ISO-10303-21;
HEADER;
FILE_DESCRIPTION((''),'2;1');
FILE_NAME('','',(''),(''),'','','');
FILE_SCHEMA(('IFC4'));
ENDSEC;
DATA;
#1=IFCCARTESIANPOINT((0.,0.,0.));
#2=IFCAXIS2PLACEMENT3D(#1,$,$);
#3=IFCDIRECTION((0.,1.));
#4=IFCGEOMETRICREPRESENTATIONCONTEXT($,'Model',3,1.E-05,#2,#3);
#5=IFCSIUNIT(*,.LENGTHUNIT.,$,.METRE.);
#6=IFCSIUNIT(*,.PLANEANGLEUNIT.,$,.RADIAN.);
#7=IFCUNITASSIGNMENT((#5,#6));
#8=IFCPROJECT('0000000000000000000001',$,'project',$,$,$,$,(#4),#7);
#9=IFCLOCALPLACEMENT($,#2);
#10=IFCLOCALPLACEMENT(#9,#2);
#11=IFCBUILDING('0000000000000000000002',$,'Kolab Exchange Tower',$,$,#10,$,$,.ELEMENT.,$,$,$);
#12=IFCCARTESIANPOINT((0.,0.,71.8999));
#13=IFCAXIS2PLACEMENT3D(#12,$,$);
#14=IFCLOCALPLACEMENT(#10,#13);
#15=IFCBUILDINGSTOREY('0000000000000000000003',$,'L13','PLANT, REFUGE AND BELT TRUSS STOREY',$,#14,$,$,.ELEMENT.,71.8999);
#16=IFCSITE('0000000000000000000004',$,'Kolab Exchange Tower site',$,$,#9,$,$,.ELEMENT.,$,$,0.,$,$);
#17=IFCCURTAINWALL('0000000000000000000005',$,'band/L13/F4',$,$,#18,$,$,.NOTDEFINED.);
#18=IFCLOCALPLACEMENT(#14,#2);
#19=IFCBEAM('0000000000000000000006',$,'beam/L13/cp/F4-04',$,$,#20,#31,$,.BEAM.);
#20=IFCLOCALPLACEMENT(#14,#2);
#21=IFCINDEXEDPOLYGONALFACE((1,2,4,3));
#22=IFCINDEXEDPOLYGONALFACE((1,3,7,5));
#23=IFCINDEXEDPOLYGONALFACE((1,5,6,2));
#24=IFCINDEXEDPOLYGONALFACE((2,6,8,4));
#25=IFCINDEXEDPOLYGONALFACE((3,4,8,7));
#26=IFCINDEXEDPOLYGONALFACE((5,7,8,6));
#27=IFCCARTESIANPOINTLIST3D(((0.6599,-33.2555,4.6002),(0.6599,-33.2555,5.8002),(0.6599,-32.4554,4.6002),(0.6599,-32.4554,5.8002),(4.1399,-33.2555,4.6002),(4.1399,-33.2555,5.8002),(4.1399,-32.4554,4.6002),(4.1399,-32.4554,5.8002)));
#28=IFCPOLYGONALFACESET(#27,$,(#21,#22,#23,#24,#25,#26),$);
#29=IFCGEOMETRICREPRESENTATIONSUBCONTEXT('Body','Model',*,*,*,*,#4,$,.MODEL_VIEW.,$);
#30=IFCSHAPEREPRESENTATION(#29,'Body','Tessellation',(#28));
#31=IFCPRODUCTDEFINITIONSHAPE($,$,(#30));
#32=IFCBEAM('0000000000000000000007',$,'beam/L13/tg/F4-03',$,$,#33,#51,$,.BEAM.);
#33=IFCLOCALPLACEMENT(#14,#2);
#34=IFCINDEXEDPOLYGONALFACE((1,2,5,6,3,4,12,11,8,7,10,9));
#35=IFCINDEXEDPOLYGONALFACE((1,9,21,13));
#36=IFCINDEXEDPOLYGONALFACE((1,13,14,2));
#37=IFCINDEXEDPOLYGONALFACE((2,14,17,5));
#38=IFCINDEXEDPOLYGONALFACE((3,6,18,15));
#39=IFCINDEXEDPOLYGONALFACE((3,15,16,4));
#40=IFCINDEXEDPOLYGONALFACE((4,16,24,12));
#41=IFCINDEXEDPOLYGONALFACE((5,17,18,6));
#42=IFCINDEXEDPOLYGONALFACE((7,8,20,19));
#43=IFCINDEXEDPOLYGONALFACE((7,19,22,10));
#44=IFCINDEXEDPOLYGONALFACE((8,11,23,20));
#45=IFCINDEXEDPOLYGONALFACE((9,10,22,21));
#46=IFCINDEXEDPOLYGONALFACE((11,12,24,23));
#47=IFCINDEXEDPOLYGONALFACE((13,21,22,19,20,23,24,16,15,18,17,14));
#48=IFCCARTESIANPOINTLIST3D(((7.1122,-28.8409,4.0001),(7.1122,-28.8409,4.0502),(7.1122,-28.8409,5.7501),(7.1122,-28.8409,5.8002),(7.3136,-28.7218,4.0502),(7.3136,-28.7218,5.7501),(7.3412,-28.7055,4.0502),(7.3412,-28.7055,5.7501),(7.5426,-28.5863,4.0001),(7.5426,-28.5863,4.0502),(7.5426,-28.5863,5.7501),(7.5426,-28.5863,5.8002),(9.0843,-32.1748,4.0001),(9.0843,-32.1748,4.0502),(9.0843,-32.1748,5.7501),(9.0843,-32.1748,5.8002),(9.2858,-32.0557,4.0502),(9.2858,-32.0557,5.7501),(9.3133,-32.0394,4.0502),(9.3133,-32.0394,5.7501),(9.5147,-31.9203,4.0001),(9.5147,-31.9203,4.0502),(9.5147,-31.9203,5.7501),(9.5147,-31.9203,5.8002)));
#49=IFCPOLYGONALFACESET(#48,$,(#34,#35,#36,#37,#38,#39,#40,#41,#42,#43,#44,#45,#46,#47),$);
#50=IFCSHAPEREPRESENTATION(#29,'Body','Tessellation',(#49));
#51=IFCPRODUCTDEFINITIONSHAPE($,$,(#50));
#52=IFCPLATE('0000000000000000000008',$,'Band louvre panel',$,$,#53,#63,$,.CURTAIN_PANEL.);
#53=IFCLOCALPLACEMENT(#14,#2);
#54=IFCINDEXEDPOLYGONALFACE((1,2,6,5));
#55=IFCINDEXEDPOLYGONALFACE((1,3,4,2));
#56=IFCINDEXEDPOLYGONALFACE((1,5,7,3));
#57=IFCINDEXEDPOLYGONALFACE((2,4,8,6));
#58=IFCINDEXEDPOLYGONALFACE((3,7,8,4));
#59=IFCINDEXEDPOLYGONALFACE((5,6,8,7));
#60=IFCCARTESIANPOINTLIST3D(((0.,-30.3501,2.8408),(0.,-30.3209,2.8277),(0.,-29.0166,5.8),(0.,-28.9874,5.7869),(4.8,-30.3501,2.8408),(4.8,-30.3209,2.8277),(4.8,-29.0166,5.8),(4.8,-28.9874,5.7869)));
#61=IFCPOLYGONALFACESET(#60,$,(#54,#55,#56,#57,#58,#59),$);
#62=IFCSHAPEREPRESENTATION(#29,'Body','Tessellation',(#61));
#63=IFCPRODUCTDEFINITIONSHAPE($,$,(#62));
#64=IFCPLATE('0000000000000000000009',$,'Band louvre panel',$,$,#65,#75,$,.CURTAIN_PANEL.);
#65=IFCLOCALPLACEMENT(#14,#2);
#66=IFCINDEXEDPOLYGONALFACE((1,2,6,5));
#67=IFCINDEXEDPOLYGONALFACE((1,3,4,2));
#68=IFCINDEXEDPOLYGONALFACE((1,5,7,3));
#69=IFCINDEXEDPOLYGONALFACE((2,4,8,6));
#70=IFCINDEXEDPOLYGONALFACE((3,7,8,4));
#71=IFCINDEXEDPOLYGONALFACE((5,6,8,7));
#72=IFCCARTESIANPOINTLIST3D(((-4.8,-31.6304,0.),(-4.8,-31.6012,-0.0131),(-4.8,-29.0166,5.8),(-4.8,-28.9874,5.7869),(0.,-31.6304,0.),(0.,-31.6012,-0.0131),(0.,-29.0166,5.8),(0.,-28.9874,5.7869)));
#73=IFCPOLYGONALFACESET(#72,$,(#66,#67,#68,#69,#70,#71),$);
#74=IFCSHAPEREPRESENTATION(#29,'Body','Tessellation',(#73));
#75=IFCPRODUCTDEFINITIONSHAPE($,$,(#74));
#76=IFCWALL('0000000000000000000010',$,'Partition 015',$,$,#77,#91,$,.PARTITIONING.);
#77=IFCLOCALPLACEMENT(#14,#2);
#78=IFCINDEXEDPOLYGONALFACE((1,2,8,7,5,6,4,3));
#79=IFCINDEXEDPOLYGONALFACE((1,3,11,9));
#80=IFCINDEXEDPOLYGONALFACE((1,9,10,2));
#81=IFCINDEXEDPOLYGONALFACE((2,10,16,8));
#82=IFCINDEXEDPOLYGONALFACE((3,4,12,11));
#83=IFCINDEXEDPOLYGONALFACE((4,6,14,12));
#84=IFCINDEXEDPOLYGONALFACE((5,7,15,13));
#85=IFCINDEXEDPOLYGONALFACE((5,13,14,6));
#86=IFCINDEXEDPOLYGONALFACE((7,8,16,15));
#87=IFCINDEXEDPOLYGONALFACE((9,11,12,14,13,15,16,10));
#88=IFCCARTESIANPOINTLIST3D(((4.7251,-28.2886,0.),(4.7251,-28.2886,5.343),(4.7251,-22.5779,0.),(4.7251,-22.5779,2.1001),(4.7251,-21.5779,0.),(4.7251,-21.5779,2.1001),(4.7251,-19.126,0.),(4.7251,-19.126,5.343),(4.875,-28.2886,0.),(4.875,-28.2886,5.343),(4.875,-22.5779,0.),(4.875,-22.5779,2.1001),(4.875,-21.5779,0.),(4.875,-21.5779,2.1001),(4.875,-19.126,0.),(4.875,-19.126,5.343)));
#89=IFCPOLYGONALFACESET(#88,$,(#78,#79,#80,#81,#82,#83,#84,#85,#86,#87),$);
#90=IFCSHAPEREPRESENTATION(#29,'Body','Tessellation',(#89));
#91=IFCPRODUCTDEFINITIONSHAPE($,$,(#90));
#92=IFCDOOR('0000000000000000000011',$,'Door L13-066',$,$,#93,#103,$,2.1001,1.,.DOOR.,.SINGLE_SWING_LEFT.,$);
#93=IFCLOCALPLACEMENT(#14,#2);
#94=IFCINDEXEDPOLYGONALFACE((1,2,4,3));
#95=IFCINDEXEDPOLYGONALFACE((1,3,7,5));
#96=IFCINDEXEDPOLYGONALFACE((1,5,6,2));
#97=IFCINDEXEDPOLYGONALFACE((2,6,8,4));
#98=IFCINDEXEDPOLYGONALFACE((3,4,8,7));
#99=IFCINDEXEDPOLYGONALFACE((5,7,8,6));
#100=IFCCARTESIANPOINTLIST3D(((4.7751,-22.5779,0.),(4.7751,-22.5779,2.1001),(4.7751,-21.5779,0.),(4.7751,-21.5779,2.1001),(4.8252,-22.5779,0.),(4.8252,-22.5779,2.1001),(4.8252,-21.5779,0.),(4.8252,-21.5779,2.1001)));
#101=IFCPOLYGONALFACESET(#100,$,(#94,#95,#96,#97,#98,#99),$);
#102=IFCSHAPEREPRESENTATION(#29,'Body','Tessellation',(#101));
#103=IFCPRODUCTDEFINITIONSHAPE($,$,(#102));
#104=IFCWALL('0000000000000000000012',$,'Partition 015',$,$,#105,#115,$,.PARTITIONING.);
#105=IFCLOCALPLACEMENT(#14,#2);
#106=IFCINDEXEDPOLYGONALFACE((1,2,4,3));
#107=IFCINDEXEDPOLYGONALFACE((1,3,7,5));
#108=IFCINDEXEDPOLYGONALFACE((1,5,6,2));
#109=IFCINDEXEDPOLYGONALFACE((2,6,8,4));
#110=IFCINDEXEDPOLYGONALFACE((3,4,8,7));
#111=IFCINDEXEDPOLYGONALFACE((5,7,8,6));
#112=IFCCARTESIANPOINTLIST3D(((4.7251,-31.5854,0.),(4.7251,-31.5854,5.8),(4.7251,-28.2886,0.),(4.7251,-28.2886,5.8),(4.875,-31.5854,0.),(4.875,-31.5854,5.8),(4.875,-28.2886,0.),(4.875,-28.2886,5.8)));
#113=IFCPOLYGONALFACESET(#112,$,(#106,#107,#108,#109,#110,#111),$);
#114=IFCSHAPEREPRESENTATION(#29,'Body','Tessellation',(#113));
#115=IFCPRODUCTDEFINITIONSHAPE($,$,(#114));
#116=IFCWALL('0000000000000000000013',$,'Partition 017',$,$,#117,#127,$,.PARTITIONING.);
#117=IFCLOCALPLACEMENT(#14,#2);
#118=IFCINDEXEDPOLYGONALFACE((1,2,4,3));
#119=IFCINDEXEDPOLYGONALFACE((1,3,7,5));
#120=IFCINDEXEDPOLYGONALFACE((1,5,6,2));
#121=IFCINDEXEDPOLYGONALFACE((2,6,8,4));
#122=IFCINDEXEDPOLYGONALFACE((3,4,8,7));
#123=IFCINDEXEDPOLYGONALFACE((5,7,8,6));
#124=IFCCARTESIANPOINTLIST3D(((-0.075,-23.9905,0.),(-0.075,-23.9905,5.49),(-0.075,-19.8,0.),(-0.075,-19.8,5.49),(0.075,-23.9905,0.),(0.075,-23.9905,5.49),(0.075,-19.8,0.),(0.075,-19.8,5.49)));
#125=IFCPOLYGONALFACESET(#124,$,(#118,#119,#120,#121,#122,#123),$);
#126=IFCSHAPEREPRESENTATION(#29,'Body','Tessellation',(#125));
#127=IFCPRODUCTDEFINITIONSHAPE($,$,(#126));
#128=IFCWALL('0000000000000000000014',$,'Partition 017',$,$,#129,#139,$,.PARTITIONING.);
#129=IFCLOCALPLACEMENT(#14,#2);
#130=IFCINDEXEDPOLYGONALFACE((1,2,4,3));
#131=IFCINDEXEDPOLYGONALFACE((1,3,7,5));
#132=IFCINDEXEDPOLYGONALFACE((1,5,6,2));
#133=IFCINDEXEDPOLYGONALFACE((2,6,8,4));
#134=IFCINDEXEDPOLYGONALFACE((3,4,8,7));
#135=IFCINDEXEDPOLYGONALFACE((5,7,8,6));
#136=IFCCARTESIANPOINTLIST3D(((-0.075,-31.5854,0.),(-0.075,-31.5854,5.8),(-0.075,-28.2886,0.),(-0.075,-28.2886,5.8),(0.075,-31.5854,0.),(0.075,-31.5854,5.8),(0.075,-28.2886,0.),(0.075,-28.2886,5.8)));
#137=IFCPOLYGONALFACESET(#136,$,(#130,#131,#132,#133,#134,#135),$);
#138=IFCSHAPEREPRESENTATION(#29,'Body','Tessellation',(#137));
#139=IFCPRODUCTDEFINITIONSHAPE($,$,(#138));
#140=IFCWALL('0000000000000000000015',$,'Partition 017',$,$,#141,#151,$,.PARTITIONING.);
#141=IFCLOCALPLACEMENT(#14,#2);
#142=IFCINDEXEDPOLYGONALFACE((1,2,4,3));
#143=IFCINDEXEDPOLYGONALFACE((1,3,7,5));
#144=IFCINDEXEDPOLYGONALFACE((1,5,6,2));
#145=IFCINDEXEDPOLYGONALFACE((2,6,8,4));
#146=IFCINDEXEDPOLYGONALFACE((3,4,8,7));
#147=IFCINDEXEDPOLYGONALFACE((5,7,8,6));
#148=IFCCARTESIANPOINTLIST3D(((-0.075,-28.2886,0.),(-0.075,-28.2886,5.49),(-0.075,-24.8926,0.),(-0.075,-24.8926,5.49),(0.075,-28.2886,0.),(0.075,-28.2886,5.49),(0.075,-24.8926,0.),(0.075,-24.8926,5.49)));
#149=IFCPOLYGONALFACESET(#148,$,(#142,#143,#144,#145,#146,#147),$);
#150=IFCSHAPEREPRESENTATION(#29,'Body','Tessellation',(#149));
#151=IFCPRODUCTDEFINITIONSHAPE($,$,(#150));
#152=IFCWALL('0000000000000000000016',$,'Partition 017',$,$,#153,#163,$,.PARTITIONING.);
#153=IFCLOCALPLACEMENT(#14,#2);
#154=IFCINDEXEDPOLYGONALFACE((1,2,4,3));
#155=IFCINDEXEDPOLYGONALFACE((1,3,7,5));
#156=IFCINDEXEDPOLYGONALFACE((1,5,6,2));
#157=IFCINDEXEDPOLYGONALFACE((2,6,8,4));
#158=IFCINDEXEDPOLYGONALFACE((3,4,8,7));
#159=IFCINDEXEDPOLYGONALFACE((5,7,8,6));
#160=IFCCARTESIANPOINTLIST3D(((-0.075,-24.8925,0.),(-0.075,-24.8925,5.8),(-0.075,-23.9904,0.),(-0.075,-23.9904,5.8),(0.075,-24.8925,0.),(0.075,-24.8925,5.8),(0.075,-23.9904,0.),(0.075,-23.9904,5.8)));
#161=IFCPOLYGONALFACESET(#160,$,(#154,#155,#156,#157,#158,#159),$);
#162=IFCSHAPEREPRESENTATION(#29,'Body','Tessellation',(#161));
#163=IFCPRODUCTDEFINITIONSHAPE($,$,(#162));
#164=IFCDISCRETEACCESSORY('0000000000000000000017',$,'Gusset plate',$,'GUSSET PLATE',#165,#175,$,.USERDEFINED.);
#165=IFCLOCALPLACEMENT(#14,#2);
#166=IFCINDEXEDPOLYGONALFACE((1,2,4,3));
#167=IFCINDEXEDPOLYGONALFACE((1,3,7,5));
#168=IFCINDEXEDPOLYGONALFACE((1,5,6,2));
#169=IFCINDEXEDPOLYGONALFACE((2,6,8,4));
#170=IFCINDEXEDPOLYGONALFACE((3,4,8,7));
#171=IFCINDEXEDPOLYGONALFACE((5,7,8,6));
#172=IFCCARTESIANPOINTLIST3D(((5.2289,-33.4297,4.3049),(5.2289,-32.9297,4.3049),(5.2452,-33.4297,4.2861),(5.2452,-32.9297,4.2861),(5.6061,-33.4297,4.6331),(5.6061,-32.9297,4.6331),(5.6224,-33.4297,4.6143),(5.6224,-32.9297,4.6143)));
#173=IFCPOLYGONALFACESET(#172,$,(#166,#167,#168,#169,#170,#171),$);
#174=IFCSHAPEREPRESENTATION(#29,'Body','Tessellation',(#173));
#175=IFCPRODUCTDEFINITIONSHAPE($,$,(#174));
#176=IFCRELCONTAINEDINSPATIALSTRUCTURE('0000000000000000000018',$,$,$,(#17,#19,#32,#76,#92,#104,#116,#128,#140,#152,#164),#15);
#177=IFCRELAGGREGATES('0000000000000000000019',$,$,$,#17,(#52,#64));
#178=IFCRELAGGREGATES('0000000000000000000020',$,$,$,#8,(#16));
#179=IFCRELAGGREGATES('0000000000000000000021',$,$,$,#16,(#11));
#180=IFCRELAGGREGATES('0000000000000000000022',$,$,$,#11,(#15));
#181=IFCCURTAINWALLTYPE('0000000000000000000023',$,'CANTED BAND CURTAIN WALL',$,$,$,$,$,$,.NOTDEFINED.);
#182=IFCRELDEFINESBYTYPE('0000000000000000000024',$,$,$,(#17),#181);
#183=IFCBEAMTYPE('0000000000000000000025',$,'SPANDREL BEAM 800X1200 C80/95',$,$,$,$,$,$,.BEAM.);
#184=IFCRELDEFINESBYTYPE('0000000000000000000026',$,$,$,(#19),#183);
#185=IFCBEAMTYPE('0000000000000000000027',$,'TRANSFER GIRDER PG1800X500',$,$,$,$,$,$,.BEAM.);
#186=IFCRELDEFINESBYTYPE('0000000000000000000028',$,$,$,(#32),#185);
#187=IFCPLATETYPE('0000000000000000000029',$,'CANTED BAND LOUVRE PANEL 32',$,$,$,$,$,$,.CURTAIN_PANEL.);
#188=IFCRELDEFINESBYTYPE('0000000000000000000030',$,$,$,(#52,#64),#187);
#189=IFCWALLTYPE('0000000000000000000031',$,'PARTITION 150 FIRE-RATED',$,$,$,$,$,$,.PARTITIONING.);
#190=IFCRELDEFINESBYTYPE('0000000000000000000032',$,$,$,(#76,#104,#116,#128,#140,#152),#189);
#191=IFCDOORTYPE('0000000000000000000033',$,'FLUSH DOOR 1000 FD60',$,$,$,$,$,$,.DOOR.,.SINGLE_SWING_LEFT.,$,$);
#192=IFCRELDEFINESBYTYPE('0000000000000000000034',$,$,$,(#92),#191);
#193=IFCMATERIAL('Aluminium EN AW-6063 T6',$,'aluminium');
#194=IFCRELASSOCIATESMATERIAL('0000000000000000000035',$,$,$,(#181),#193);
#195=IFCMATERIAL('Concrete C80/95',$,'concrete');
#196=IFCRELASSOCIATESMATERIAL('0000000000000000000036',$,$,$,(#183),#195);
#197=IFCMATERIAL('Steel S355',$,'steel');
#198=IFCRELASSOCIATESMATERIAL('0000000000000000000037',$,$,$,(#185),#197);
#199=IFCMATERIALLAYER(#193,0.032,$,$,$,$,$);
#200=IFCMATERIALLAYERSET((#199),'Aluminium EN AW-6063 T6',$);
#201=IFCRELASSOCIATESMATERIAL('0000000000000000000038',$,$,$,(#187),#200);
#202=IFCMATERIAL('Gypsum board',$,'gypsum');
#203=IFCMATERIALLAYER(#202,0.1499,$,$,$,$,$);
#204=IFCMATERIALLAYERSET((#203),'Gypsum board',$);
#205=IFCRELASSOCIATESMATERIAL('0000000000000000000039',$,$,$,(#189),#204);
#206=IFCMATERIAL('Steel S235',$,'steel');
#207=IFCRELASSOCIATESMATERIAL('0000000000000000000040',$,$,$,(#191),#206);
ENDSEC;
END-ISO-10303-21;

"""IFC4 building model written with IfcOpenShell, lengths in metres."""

from ifc_helpers import new_model, si_unit, direction, frame, frame_2d, origin, origin_2d, place, context, subcontext, project, spatial, polyline, rectangle, i_section, outline, extrude, material, layer, layer_set, material_profile, profile_set, type_object, element, fill, aggregate, save


model = new_model("IFC4")

# Units and contexts
model_context = context("Model", 3, precision=1e-05, world=origin(), true_north=direction((0.0, 1.0)))
body_context = subcontext(model_context, "Body", "Model", "MODEL_VIEW")
ifc_project = project(units=[si_unit("LENGTHUNIT", "METRE"), si_unit("PLANEANGLEUNIT", "RADIAN")], contexts=[model_context])

# Site, building, storey
site_placement = place(None, origin())
site = spatial("IfcSite", under=ifc_project, at=site_placement, Name="Kolab Exchange Tower site", CompositionType="ELEMENT", RefElevation=0.0)
building_placement = place(site_placement, origin())
building = spatial("IfcBuilding", under=site, at=building_placement, Name="Kolab Exchange Tower", CompositionType="ELEMENT")
storey_placement = place(building_placement, frame((0.0, 0.0, 71.8999)))
storey = spatial("IfcBuildingStorey", under=building, at=storey_placement, Name="L13", Description="PLANT, REFUGE AND BELT TRUSS STOREY", CompositionType="ELEMENT", Elevation=71.8999)

# Shared definitions
ifc_material_1 = material(Name="Concrete C80/95", Category="concrete")

# Shared definitions
ifc_material_2 = material(Name="Steel S355", Category="steel")

# Curtain wall
ifc_material_3 = material(Name="Aluminium EN AW-6063 T6", Category="aluminium")
curtain_wall_type = type_object("IfcCurtainWallType", Name="CANTED BAND CURTAIN WALL", PredefinedType="NOTDEFINED", material=ifc_material_3)
curtain_wall_placement = place(storey_placement, origin())
curtain_wall = element("IfcCurtainWall", 1, at=curtain_wall_placement, inside=storey, type_object=curtain_wall_type, Name="band/L13/F4", PredefinedType="NOTDEFINED")

# Beams
ifc_material_profile_1 = material_profile(ifc_material_1, rectangle(XDim=0.8, YDim=1.2, at=origin_2d()), Name="RC800X1200")
ifc_profile_set_1 = profile_set([ifc_material_profile_1], Name="Concrete C80/95")
beam_type_1 = type_object("IfcBeamType", Name="SPANDREL BEAM 800X1200 C80/95", PredefinedType="BEAM", material=ifc_profile_set_1)
for number, where, z_axis, x_axis, name in (
    (2, (4.1399, -32.8555, 5.2002), (-1.0, 0.0, 0.0), (0.0, -1.0, 0.0), "beam/L13/cp/F4-04"),
):
    element("IfcBeam", number, at=place(storey_placement, frame(where, z_axis=z_axis, x_axis=x_axis)), inside=storey, type_object=beam_type_1, Name=name, PredefinedType="BEAM", context=body_context, shape_type="SweptSolid", body=[
        extrude(rectangle(XDim=0.8, YDim=1.2, at=origin_2d()), origin(), (0.0, 0.0, 1.0), 3.48),
    ])
ifc_material_profile_2 = material_profile(ifc_material_2, i_section(OverallWidth=0.5, OverallDepth=1.8, WebThickness=0.032, FlangeThickness=0.05, at=origin_2d()), Name="PG1800X500")
ifc_profile_set_2 = profile_set([ifc_material_profile_2], Name="Steel S355")
beam_type_2 = type_object("IfcBeamType", Name="TRANSFER GIRDER PG1800X500", PredefinedType="BEAM", material=ifc_profile_set_2)
beam_1_placement = place(storey_placement, frame((7.3274, -28.7136, 4.9001), z_axis=(0.509128, -0.860691, 0.0), x_axis=(0.860691, 0.509128, 0.0)))
element("IfcBeam", 3, at=beam_1_placement, inside=storey, type_object=beam_type_2, Name="beam/L13/tg/F4-03", PredefinedType="BEAM", context=body_context, shape_type="SweptSolid", body=[
    extrude(i_section(OverallWidth=0.5, OverallDepth=1.8, WebThickness=0.032, FlangeThickness=0.05, at=origin_2d()), origin(), (0.0, 0.0, 1.0), 3.8735),
])

# Plates
ifc_layer_1 = layer(ifc_material_3, 0.032)
ifc_layer_set_1 = layer_set([ifc_layer_1], Name="Aluminium EN AW-6063 T6")
plate_type = type_object("IfcPlateType", Name="CANTED BAND LOUVRE PANEL 32", PredefinedType="CURTAIN_PANEL", material=ifc_layer_set_1)
plate_1_placement = place(storey_placement, frame((4.8, -30.3501, 2.8408), z_axis=(0.0, -0.911709, 0.410837), x_axis=(-1.0, 0.0, 0.0)))
plate_1 = element("IfcPlate", 4, at=plate_1_placement, type_object=plate_type, Name="Band louvre panel", PredefinedType="CURTAIN_PANEL", context=body_context, shape_type="SweptSolid", body=[
    extrude(outline(polyline([(0.0, 0.0), (4.8, 0.0), (4.8, -3.2458), (0.0, -3.2458), (0.0, 0.0)])), origin(), (0.0, 0.0, -1.0), 0.032),
])
plate_2_placement = place(storey_placement, frame((0.0, -31.6304, 0.0), z_axis=(0.0, -0.911701, 0.410854), x_axis=(-1.0, 0.0, 0.0)))
plate_2 = element("IfcPlate", 5, at=plate_2_placement, type_object=plate_type, Name="Band louvre panel", PredefinedType="CURTAIN_PANEL", context=body_context, shape_type="SweptSolid", body=[
    extrude(outline(polyline([(0.0, 0.0), (4.8, 0.0), (4.8, -6.3618), (0.0, -6.3618), (0.0, 0.0)])), origin(), (0.0, 0.0, -1.0), 0.032),
])
aggregate(curtain_wall, [plate_1, plate_2])

# Wall, opening, door
ifc_material_4 = material(Name="Gypsum board", Category="gypsum")
ifc_layer_2 = layer(ifc_material_4, 0.1499)
ifc_layer_set_2 = layer_set([ifc_layer_2], Name="Gypsum board")
wall_type = type_object("IfcWallType", Name="PARTITION 150 FIRE-RATED", PredefinedType="PARTITIONING", material=ifc_layer_set_2)
wall_1_placement = place(storey_placement, frame((4.8, -28.2886, 0.0), z_axis=(0.0, 0.0, 1.0), x_axis=(0.0, 1.0, 0.0)))
wall_1 = element("IfcWall", 6, at=wall_1_placement, inside=storey, type_object=wall_type, Name="Partition 015", PredefinedType="PARTITIONING", context=body_context, shape_type="SweptSolid", body=[
    extrude(rectangle(XDim=9.1626, YDim=0.1499, at=frame_2d((4.5813, 0.0))), origin(), (0.0, 0.0, 1.0), 5.343),
])
opening_placement = place(wall_1_placement, frame((5.7107, 0.0, 0.0)))
opening = element("IfcOpeningElement", 7, at=opening_placement, cuts=wall_1, PredefinedType="OPENING", context=body_context, shape_type="SweptSolid", body=[
    extrude(rectangle(XDim=1.0, YDim=2.1001, at=frame_2d((0.5, 1.05))), frame((0.0, 0.085, 0.0), z_axis=(0.0, -1.0, 0.0), x_axis=(1.0, 0.0, 0.0)), (0.0, 0.0, 1.0), 0.1699),
])
ifc_material_5 = material(Name="Steel S235", Category="steel")
door_type = type_object("IfcDoorType", Name="FLUSH DOOR 1000 FD60", OperationType="SINGLE_SWING_LEFT", PredefinedType="DOOR", material=ifc_material_5)
door_placement = place(opening_placement, origin())
door = element("IfcDoor", 8, at=door_placement, inside=storey, type_object=door_type, Name="Door L13-066", OperationType="SINGLE_SWING_LEFT", OverallHeight=2.1001, OverallWidth=1.0, PredefinedType="DOOR", context=body_context, shape_type="SweptSolid", body=[
    extrude(rectangle(XDim=1.0, YDim=2.1001, at=frame_2d((0.5, 1.05))), frame((0.0, 0.0249, 0.0), z_axis=(0.0, -1.0, 0.0), x_axis=(1.0, 0.0, 0.0)), (0.0, 0.0, 1.0), 0.05),
])
fill(opening, door)

# Walls
wall_2_placement = place(storey_placement, frame((4.8, -31.5854, 0.0), z_axis=(0.0, 0.0, 1.0), x_axis=(0.0, 1.0, 0.0)))
element("IfcWall", 9, at=wall_2_placement, inside=storey, type_object=wall_type, Name="Partition 015", PredefinedType="PARTITIONING", context=body_context, shape_type="SweptSolid", body=[
    extrude(rectangle(XDim=3.2969, YDim=0.1499, at=frame_2d((1.6484, 0.0))), origin(), (0.0, 0.0, 1.0), 5.8),
])
wall_3_placement = place(storey_placement, frame((0.0, -23.9905, 0.0), z_axis=(0.0, 0.0, 1.0), x_axis=(0.0, 1.0, 0.0)))
element("IfcWall", 10, at=wall_3_placement, inside=storey, type_object=wall_type, Name="Partition 017", PredefinedType="PARTITIONING", context=body_context, shape_type="SweptSolid", body=[
    extrude(rectangle(XDim=4.1904, YDim=0.1499, at=frame_2d((2.0952, 0.0))), origin(), (0.0, 0.0, 1.0), 5.49),
])
wall_4_placement = place(storey_placement, frame((0.0, -31.5854, 0.0), z_axis=(0.0, 0.0, 1.0), x_axis=(0.0, 1.0, 0.0)))
element("IfcWall", 11, at=wall_4_placement, inside=storey, type_object=wall_type, Name="Partition 017", PredefinedType="PARTITIONING", context=body_context, shape_type="SweptSolid", body=[
    extrude(rectangle(XDim=3.2969, YDim=0.1499, at=frame_2d((1.6484, 0.0))), origin(), (0.0, 0.0, 1.0), 5.8),
])
wall_5_placement = place(storey_placement, frame((0.0, -28.2886, 0.0), z_axis=(0.0, 0.0, 1.0), x_axis=(0.0, 1.0, 0.0)))
element("IfcWall", 12, at=wall_5_placement, inside=storey, type_object=wall_type, Name="Partition 017", PredefinedType="PARTITIONING", context=body_context, shape_type="SweptSolid", body=[
    extrude(rectangle(XDim=3.396, YDim=0.1499, at=frame_2d((1.698, 0.0))), origin(), (0.0, 0.0, 1.0), 5.49),
])
wall_6_placement = place(storey_placement, frame((0.0, -24.8926, 0.0), z_axis=(0.0, 0.0, 1.0), x_axis=(0.0, 1.0, 0.0)))
element("IfcWall", 13, at=wall_6_placement, inside=storey, type_object=wall_type, Name="Partition 017", PredefinedType="PARTITIONING", context=body_context, shape_type="SweptSolid", body=[
    extrude(rectangle(XDim=0.9021, YDim=0.1499, at=frame_2d((0.4512, 0.0))), origin(), (0.0, 0.0, 1.0), 5.8),
])

# Discrete accessory
discrete_accessory_1_placement = place(storey_placement, frame((5.4338, -33.1797, 4.4502), z_axis=(-0.656421, 0.0, 0.754395), x_axis=(0.0, -1.0, 0.0)))
element("IfcDiscreteAccessory", 14, at=discrete_accessory_1_placement, inside=storey, Name="Gusset plate", ObjectType="GUSSET PLATE", PredefinedType="USERDEFINED", context=body_context, shape_type="SweptSolid", body=[
    extrude(rectangle(XDim=0.5, YDim=0.5, at=origin_2d()), origin(), (0.0, 0.0, 1.0), 0.0249),
])

save(model, "model.ifc")
